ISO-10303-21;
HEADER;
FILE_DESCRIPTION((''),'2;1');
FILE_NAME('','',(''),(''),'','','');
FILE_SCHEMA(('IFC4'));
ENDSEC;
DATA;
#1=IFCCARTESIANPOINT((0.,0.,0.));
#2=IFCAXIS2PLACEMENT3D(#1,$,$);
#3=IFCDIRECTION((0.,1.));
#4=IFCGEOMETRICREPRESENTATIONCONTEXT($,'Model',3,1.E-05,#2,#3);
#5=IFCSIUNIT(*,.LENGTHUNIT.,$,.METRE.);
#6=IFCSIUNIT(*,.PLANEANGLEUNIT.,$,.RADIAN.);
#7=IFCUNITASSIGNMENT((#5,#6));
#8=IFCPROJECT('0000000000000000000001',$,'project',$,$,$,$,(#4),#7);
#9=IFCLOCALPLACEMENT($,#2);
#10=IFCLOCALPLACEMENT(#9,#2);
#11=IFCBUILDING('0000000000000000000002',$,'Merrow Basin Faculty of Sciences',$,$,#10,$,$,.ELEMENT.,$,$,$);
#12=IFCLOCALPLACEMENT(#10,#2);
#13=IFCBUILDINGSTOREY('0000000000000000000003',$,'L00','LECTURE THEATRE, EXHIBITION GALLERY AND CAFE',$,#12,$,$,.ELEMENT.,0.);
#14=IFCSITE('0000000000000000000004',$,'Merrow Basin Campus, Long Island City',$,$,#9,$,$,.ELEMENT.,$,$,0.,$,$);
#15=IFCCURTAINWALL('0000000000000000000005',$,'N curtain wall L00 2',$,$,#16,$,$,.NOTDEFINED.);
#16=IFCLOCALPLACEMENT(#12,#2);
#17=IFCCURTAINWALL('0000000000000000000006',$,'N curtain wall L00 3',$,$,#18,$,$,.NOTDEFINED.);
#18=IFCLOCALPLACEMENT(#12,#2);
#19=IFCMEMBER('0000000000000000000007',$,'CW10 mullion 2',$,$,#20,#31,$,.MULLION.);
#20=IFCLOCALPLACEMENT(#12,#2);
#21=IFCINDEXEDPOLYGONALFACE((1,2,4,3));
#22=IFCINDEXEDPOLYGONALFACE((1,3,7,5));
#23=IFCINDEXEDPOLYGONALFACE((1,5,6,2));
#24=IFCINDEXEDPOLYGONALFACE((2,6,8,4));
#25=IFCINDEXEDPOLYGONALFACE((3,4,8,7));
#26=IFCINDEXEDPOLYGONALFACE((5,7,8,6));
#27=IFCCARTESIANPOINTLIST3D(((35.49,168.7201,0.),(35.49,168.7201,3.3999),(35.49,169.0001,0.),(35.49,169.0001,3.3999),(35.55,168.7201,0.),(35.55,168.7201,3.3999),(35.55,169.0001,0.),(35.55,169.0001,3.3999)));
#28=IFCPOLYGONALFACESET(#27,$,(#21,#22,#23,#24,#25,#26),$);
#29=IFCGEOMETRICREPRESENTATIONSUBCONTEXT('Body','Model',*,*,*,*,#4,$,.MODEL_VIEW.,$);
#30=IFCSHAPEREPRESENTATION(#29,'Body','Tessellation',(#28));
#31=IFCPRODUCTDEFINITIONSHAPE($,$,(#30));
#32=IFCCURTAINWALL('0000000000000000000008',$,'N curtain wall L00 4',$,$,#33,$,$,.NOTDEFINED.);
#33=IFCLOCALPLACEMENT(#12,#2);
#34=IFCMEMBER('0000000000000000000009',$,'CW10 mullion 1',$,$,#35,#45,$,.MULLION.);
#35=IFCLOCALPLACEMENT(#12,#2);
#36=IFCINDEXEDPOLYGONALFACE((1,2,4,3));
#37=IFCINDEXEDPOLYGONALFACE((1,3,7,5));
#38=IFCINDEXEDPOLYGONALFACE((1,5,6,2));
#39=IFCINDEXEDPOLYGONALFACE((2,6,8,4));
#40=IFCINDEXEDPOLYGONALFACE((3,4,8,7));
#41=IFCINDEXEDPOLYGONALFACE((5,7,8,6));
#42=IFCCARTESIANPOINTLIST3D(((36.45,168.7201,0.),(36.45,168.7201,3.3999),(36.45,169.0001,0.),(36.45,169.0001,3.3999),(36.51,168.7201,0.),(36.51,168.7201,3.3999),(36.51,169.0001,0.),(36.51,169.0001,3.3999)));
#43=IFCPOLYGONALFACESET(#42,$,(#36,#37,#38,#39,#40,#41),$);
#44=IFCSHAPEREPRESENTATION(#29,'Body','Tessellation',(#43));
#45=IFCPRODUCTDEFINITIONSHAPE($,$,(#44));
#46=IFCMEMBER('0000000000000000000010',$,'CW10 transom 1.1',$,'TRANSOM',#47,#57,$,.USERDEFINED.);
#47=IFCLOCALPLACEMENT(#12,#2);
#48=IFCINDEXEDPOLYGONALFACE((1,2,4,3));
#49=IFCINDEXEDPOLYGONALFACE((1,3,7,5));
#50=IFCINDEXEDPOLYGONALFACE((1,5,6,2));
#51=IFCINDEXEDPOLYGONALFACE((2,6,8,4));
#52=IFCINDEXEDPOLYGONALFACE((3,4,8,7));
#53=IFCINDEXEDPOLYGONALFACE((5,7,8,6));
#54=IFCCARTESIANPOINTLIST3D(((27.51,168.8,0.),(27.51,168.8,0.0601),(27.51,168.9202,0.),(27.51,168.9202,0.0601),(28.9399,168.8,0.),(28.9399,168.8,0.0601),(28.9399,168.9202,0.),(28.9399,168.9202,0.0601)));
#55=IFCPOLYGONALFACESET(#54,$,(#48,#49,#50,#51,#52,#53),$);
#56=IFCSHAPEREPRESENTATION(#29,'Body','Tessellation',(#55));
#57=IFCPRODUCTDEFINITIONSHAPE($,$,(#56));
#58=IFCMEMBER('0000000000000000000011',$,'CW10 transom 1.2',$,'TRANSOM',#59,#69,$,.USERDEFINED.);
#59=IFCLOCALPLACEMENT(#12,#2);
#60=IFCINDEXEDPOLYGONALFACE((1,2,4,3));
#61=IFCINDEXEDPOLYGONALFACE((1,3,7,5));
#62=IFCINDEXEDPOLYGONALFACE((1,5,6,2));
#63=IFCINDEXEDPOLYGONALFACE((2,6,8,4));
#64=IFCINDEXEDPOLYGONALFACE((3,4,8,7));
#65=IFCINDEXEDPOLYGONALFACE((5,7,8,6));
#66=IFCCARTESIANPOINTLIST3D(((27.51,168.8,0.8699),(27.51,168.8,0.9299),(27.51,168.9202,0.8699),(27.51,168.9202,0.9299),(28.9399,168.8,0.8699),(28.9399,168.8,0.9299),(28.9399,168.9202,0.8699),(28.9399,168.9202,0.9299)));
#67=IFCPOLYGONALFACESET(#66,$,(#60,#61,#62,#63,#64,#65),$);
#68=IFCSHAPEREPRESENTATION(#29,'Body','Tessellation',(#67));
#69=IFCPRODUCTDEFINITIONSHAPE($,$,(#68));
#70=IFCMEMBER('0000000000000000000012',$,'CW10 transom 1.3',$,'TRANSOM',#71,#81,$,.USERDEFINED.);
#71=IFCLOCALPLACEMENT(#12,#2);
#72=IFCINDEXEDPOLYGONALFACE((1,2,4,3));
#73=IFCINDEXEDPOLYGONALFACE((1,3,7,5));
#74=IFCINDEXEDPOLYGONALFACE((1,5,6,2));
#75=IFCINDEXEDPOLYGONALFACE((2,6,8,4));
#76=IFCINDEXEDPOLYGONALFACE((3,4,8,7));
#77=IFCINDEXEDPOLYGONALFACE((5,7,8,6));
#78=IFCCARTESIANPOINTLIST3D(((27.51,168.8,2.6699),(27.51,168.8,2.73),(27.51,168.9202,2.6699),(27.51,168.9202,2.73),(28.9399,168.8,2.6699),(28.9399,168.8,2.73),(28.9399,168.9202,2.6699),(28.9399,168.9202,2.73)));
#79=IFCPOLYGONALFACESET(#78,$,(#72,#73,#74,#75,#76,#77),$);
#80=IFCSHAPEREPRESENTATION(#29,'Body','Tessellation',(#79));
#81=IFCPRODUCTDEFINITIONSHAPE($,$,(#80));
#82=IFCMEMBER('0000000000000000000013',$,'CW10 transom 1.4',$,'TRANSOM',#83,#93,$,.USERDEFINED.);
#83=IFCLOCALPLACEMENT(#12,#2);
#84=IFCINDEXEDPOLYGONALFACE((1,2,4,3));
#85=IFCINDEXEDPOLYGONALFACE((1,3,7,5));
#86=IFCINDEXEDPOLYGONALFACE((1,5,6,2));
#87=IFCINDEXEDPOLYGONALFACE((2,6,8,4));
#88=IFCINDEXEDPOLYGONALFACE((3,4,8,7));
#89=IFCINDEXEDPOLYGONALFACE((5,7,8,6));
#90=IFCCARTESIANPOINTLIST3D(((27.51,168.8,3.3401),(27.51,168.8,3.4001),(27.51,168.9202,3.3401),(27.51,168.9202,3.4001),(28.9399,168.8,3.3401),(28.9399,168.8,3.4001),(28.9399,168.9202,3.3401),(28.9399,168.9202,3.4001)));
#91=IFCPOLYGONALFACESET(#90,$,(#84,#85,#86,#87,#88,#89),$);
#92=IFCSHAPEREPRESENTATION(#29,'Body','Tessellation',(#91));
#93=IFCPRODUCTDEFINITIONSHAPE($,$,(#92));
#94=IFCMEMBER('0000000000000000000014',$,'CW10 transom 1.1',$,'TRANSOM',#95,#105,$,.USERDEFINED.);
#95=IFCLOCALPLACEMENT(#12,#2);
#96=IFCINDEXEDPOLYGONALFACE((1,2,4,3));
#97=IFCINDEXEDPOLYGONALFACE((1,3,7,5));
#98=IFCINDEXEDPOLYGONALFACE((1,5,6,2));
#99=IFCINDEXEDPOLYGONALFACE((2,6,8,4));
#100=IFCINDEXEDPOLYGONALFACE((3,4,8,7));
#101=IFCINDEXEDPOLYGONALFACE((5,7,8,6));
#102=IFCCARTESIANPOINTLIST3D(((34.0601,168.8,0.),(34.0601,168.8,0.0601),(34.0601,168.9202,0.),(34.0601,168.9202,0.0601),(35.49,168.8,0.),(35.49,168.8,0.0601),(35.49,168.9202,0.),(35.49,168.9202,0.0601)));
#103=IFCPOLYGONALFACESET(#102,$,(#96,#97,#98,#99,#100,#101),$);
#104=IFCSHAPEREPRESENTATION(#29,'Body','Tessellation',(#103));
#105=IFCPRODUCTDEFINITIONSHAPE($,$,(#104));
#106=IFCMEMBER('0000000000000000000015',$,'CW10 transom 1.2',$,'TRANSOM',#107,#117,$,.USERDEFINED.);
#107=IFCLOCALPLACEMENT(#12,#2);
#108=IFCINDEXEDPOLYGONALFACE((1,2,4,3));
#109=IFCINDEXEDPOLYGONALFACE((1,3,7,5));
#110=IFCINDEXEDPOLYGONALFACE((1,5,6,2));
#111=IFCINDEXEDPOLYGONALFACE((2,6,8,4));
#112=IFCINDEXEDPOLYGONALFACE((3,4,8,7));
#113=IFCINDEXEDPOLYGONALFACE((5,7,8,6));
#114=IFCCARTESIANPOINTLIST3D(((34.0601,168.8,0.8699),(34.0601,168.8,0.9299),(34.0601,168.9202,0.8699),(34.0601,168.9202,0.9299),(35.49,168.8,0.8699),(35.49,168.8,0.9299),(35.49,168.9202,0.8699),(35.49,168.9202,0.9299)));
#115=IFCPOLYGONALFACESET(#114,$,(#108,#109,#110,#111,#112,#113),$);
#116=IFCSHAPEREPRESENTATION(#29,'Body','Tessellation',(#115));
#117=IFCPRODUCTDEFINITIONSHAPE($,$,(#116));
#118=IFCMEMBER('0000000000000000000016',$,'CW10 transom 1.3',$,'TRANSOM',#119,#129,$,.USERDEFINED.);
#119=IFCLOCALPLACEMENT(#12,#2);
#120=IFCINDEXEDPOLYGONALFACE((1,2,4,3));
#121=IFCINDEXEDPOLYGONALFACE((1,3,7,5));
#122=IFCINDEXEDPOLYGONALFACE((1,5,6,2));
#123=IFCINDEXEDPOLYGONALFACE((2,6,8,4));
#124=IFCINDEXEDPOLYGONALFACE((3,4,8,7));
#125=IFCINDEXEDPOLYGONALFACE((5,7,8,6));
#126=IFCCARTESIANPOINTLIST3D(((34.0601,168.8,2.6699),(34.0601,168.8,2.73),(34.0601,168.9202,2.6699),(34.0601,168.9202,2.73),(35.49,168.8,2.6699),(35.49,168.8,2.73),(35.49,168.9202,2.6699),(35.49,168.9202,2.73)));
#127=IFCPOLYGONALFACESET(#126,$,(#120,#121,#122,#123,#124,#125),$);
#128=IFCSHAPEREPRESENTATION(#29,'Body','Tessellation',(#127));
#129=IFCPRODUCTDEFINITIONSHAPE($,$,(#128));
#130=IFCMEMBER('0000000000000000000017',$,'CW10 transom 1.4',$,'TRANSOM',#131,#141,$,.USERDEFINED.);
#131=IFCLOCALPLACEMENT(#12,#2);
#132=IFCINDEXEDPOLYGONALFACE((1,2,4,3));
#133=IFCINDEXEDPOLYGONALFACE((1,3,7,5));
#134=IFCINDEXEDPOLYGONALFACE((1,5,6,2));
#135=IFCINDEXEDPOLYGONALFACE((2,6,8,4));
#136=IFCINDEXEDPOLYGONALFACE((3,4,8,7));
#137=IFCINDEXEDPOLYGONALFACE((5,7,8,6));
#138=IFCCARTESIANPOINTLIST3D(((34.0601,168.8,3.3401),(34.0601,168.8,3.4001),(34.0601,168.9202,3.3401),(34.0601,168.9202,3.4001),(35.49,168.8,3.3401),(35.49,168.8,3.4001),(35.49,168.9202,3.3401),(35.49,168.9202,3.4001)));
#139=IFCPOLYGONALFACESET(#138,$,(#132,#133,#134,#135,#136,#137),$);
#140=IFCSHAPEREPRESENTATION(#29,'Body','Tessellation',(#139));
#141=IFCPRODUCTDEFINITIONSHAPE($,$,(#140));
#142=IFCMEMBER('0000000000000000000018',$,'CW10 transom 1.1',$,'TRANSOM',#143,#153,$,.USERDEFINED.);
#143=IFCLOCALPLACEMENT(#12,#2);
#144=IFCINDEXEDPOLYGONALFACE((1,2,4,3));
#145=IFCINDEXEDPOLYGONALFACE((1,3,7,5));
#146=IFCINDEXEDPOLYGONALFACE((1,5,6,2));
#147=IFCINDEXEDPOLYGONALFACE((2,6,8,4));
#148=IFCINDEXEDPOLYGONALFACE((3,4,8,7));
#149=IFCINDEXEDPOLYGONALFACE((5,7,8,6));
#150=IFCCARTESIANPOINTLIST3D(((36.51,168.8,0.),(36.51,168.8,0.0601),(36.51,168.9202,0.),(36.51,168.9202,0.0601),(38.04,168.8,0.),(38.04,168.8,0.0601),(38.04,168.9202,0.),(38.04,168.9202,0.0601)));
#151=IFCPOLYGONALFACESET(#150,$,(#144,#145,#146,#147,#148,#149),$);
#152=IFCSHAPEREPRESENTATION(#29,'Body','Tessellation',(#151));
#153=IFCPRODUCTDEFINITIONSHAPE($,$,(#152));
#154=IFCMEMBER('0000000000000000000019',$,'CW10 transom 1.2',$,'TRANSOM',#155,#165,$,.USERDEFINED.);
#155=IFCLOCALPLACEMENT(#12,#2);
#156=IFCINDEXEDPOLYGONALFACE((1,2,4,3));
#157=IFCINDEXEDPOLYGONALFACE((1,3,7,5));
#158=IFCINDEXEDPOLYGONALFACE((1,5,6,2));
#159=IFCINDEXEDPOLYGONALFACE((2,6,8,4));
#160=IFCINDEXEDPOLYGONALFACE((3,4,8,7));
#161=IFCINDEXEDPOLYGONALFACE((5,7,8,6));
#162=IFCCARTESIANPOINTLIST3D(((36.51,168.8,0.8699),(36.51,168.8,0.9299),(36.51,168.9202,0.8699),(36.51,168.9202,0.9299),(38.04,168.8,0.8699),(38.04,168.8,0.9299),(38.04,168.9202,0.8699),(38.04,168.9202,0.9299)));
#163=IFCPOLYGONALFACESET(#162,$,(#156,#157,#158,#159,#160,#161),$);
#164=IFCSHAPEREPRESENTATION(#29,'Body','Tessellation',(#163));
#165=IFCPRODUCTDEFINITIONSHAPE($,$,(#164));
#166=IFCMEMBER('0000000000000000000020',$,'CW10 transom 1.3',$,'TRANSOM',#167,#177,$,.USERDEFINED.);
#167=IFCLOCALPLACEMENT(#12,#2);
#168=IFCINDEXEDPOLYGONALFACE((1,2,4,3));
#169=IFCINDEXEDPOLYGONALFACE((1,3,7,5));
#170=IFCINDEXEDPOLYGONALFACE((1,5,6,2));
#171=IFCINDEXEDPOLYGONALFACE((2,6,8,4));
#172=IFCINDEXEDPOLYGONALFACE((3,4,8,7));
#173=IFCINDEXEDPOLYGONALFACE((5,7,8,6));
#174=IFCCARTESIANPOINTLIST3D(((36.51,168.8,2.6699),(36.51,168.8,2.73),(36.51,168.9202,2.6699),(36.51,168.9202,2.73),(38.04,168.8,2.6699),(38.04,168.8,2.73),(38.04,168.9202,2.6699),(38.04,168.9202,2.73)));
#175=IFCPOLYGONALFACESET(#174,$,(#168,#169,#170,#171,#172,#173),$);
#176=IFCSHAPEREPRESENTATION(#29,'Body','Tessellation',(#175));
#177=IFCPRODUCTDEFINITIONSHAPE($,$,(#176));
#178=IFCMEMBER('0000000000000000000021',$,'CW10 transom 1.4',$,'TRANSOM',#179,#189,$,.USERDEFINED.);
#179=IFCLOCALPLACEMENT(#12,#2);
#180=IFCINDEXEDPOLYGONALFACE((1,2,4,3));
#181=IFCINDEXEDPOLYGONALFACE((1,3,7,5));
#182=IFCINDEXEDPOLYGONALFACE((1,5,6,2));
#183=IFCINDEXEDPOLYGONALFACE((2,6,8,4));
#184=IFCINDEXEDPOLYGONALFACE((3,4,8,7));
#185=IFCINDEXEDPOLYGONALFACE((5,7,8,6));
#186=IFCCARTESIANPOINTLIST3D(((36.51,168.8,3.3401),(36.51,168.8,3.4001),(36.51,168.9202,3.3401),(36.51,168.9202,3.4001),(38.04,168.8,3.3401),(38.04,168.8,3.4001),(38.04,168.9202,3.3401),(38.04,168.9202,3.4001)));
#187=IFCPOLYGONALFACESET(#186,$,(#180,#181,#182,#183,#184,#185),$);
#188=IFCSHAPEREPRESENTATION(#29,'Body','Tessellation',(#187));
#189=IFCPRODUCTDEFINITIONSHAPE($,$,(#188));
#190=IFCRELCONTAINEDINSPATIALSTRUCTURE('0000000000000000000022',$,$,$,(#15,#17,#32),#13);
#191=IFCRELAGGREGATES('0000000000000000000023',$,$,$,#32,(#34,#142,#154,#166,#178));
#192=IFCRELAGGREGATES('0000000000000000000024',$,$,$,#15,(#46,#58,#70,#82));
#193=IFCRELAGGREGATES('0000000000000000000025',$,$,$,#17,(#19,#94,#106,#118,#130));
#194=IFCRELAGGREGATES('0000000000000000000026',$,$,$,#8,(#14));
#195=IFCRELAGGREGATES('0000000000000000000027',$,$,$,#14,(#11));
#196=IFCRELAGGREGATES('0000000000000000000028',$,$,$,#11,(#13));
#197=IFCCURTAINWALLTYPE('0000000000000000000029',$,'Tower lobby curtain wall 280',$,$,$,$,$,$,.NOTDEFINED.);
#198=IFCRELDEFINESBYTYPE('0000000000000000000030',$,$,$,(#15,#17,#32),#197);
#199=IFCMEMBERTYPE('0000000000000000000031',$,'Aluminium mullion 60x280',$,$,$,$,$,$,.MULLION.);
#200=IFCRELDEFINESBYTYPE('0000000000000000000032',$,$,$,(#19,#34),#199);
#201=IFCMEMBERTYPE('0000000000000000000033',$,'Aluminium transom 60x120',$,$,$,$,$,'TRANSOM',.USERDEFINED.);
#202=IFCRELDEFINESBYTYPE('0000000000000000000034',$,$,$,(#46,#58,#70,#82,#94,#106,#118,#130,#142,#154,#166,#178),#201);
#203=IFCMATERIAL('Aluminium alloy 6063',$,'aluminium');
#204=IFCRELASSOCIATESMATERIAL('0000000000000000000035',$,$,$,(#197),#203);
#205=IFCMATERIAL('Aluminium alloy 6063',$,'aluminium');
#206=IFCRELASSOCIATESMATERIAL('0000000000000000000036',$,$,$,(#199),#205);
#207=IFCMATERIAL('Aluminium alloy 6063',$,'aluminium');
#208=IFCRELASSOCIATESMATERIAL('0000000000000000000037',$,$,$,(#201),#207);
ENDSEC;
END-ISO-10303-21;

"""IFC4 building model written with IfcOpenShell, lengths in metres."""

from ifc_helpers import new_model, si_unit, direction, frame, origin, origin_2d, place, context, subcontext, project, spatial, rectangle, extrude, material, material_profile, profile_set, type_object, element, aggregate, save


model = new_model("IFC4")

# Units and contexts
model_context = context("Model", 3, precision=1e-05, world=origin(), true_north=direction((0.0, 1.0)))
body_context = subcontext(model_context, "Body", "Model", "MODEL_VIEW")
ifc_project = project(units=[si_unit("LENGTHUNIT", "METRE"), si_unit("PLANEANGLEUNIT", "RADIAN")], contexts=[model_context])

# Site, building, storey
site_placement = place(None, origin())
site = spatial("IfcSite", under=ifc_project, at=site_placement, Name="Merrow Basin Campus, Long Island City", CompositionType="ELEMENT", RefElevation=0.0)
building_placement = place(site_placement, origin())
building = spatial("IfcBuilding", under=site, at=building_placement, Name="Merrow Basin Faculty of Sciences", CompositionType="ELEMENT")
storey_placement = place(building_placement, origin())
storey = spatial("IfcBuildingStorey", under=building, at=storey_placement, Name="L00", Description="LECTURE THEATRE, EXHIBITION GALLERY AND CAFE", CompositionType="ELEMENT", Elevation=0.0)

# Curtain wall
ifc_material_1 = material(Name="Aluminium alloy 6063", Category="aluminium")
curtain_wall_type = type_object("IfcCurtainWallType", Name="Tower lobby curtain wall 280", PredefinedType="NOTDEFINED", material=ifc_material_1)
curtain_wall_1_placement = place(storey_placement, origin())
curtain_wall_1 = element("IfcCurtainWall", 1, at=curtain_wall_1_placement, inside=storey, type_object=curtain_wall_type, Name="N curtain wall L00 2", PredefinedType="NOTDEFINED")
ifc_material_2 = material(Name="Aluminium alloy 6063", Category="aluminium")
ifc_material_profile_1 = material_profile(ifc_material_2, rectangle(XDim=0.28, YDim=0.0601, at=origin_2d()))
ifc_profile_set_1 = profile_set([ifc_material_profile_1], Name="Aluminium alloy 6063")
member_type_1 = type_object("IfcMemberType", Name="Aluminium mullion 60x280", PredefinedType="MULLION", material=ifc_profile_set_1)

# Curtain wall, member
curtain_wall_2_placement = place(storey_placement, origin())
curtain_wall_2 = element("IfcCurtainWall", 2, at=curtain_wall_2_placement, inside=storey, type_object=curtain_wall_type, Name="N curtain wall L00 3", PredefinedType="NOTDEFINED")
member_1_placement = place(storey_placement, frame((35.52, 168.8601, 0.0), z_axis=(0.0, 0.0, 1.0), x_axis=(0.0, 1.0, 0.0)))
member_1 = element("IfcMember", 3, at=member_1_placement, type_object=member_type_1, Name="CW10 mullion 2", PredefinedType="MULLION", context=body_context, shape_type="SweptSolid", body=[
    extrude(rectangle(XDim=0.28, YDim=0.0601, at=origin_2d()), origin(), (0.0, 0.0, 1.0), 3.3999),
])

# Curtain wall, member
curtain_wall_3_placement = place(storey_placement, origin())
curtain_wall_3 = element("IfcCurtainWall", 4, at=curtain_wall_3_placement, inside=storey, type_object=curtain_wall_type, Name="N curtain wall L00 4", PredefinedType="NOTDEFINED")
member_2_placement = place(storey_placement, frame((36.48, 168.8601, 0.0), z_axis=(0.0, 0.0, 1.0), x_axis=(0.0, 1.0, 0.0)))
member_2 = element("IfcMember", 5, at=member_2_placement, type_object=member_type_1, Name="CW10 mullion 1", PredefinedType="MULLION", context=body_context, shape_type="SweptSolid", body=[
    extrude(rectangle(XDim=0.28, YDim=0.0601, at=origin_2d()), origin(), (0.0, 0.0, 1.0), 3.3999),
])

# Members
ifc_material_3 = material(Name="Aluminium alloy 6063", Category="aluminium")
ifc_material_profile_2 = material_profile(ifc_material_3, rectangle(XDim=0.1201, YDim=0.0601, at=origin_2d()))
ifc_profile_set_2 = profile_set([ifc_material_profile_2], Name="Aluminium alloy 6063")
member_type_2 = type_object("IfcMemberType", Name="Aluminium transom 60x120", ElementType="TRANSOM", PredefinedType="USERDEFINED", material=ifc_profile_set_2)
member_3_placement = place(storey_placement, frame((27.51, 168.8601, 0.03), z_axis=(1.0, 0.0, 0.0), x_axis=(0.0, 1.0, 0.0)))
member_3 = element("IfcMember", 6, at=member_3_placement, type_object=member_type_2, Name="CW10 transom 1.1", ObjectType="TRANSOM", PredefinedType="USERDEFINED", context=body_context, shape_type="SweptSolid", body=[
    extrude(rectangle(XDim=0.1201, YDim=0.0601, at=origin_2d()), origin(), (0.0, 0.0, 1.0), 1.4299),
])
member_4_placement = place(storey_placement, frame((27.51, 168.8601, 0.8999), z_axis=(1.0, 0.0, 0.0), x_axis=(0.0, 1.0, 0.0)))
member_4 = element("IfcMember", 7, at=member_4_placement, type_object=member_type_2, Name="CW10 transom 1.2", ObjectType="TRANSOM", PredefinedType="USERDEFINED", context=body_context, shape_type="SweptSolid", body=[
    extrude(rectangle(XDim=0.1201, YDim=0.0601, at=origin_2d()), origin(), (0.0, 0.0, 1.0), 1.4299),
])
member_5_placement = place(storey_placement, frame((27.51, 168.8601, 2.7), z_axis=(1.0, 0.0, 0.0), x_axis=(0.0, 1.0, 0.0)))
member_5 = element("IfcMember", 8, at=member_5_placement, type_object=member_type_2, Name="CW10 transom 1.3", ObjectType="TRANSOM", PredefinedType="USERDEFINED", context=body_context, shape_type="SweptSolid", body=[
    extrude(rectangle(XDim=0.1201, YDim=0.0601, at=origin_2d()), origin(), (0.0, 0.0, 1.0), 1.4299),
])
member_6_placement = place(storey_placement, frame((27.51, 168.8601, 3.3701), z_axis=(1.0, 0.0, 0.0), x_axis=(0.0, 1.0, 0.0)))
member_6 = element("IfcMember", 9, at=member_6_placement, type_object=member_type_2, Name="CW10 transom 1.4", ObjectType="TRANSOM", PredefinedType="USERDEFINED", context=body_context, shape_type="SweptSolid", body=[
    extrude(rectangle(XDim=0.1201, YDim=0.0601, at=origin_2d()), origin(), (0.0, 0.0, 1.0), 1.4299),
])
member_7_placement = place(storey_placement, frame((34.0601, 168.8601, 0.03), z_axis=(1.0, 0.0, 0.0), x_axis=(0.0, 1.0, 0.0)))
member_7 = element("IfcMember", 10, at=member_7_placement, type_object=member_type_2, Name="CW10 transom 1.1", ObjectType="TRANSOM", PredefinedType="USERDEFINED", context=body_context, shape_type="SweptSolid", body=[
    extrude(rectangle(XDim=0.1201, YDim=0.0601, at=origin_2d()), origin(), (0.0, 0.0, 1.0), 1.4299),
])
member_8_placement = place(storey_placement, frame((34.0601, 168.8601, 0.8999), z_axis=(1.0, 0.0, 0.0), x_axis=(0.0, 1.0, 0.0)))
member_8 = element("IfcMember", 11, at=member_8_placement, type_object=member_type_2, Name="CW10 transom 1.2", ObjectType="TRANSOM", PredefinedType="USERDEFINED", context=body_context, shape_type="SweptSolid", body=[
    extrude(rectangle(XDim=0.1201, YDim=0.0601, at=origin_2d()), origin(), (0.0, 0.0, 1.0), 1.4299),
])
member_9_placement = place(storey_placement, frame((34.0601, 168.8601, 2.7), z_axis=(1.0, 0.0, 0.0), x_axis=(0.0, 1.0, 0.0)))
member_9 = element("IfcMember", 12, at=member_9_placement, type_object=member_type_2, Name="CW10 transom 1.3", ObjectType="TRANSOM", PredefinedType="USERDEFINED", context=body_context, shape_type="SweptSolid", body=[
    extrude(rectangle(XDim=0.1201, YDim=0.0601, at=origin_2d()), origin(), (0.0, 0.0, 1.0), 1.4299),
])
member_10_placement = place(storey_placement, frame((34.0601, 168.8601, 3.3701), z_axis=(1.0, 0.0, 0.0), x_axis=(0.0, 1.0, 0.0)))
member_10 = element("IfcMember", 13, at=member_10_placement, type_object=member_type_2, Name="CW10 transom 1.4", ObjectType="TRANSOM", PredefinedType="USERDEFINED", context=body_context, shape_type="SweptSolid", body=[
    extrude(rectangle(XDim=0.1201, YDim=0.0601, at=origin_2d()), origin(), (0.0, 0.0, 1.0), 1.4299),
])
member_11_placement = place(storey_placement, frame((36.51, 168.8601, 0.03), z_axis=(1.0, 0.0, 0.0), x_axis=(0.0, 1.0, 0.0)))
member_11 = element("IfcMember", 14, at=member_11_placement, type_object=member_type_2, Name="CW10 transom 1.1", ObjectType="TRANSOM", PredefinedType="USERDEFINED", context=body_context, shape_type="SweptSolid", body=[
    extrude(rectangle(XDim=0.1201, YDim=0.0601, at=origin_2d()), origin(), (0.0, 0.0, 1.0), 1.53),
])
member_12_placement = place(storey_placement, frame((36.51, 168.8601, 0.8999), z_axis=(1.0, 0.0, 0.0), x_axis=(0.0, 1.0, 0.0)))
member_12 = element("IfcMember", 15, at=member_12_placement, type_object=member_type_2, Name="CW10 transom 1.2", ObjectType="TRANSOM", PredefinedType="USERDEFINED", context=body_context, shape_type="SweptSolid", body=[
    extrude(rectangle(XDim=0.1201, YDim=0.0601, at=origin_2d()), origin(), (0.0, 0.0, 1.0), 1.53),
])
member_13_placement = place(storey_placement, frame((36.51, 168.8601, 2.7), z_axis=(1.0, 0.0, 0.0), x_axis=(0.0, 1.0, 0.0)))
member_13 = element("IfcMember", 16, at=member_13_placement, type_object=member_type_2, Name="CW10 transom 1.3", ObjectType="TRANSOM", PredefinedType="USERDEFINED", context=body_context, shape_type="SweptSolid", body=[
    extrude(rectangle(XDim=0.1201, YDim=0.0601, at=origin_2d()), origin(), (0.0, 0.0, 1.0), 1.53),
])
member_14_placement = place(storey_placement, frame((36.51, 168.8601, 3.3701), z_axis=(1.0, 0.0, 0.0), x_axis=(0.0, 1.0, 0.0)))
member_14 = element("IfcMember", 17, at=member_14_placement, type_object=member_type_2, Name="CW10 transom 1.4", ObjectType="TRANSOM", PredefinedType="USERDEFINED", context=body_context, shape_type="SweptSolid", body=[
    extrude(rectangle(XDim=0.1201, YDim=0.0601, at=origin_2d()), origin(), (0.0, 0.0, 1.0), 1.53),
])
aggregate(curtain_wall_3, [member_2, member_11, member_12, member_13, member_14])

aggregate(curtain_wall_1, [member_3, member_4, member_5, member_6])
aggregate(curtain_wall_2, [member_1, member_7, member_8, member_9, member_10])

save(model, "model.ifc")
